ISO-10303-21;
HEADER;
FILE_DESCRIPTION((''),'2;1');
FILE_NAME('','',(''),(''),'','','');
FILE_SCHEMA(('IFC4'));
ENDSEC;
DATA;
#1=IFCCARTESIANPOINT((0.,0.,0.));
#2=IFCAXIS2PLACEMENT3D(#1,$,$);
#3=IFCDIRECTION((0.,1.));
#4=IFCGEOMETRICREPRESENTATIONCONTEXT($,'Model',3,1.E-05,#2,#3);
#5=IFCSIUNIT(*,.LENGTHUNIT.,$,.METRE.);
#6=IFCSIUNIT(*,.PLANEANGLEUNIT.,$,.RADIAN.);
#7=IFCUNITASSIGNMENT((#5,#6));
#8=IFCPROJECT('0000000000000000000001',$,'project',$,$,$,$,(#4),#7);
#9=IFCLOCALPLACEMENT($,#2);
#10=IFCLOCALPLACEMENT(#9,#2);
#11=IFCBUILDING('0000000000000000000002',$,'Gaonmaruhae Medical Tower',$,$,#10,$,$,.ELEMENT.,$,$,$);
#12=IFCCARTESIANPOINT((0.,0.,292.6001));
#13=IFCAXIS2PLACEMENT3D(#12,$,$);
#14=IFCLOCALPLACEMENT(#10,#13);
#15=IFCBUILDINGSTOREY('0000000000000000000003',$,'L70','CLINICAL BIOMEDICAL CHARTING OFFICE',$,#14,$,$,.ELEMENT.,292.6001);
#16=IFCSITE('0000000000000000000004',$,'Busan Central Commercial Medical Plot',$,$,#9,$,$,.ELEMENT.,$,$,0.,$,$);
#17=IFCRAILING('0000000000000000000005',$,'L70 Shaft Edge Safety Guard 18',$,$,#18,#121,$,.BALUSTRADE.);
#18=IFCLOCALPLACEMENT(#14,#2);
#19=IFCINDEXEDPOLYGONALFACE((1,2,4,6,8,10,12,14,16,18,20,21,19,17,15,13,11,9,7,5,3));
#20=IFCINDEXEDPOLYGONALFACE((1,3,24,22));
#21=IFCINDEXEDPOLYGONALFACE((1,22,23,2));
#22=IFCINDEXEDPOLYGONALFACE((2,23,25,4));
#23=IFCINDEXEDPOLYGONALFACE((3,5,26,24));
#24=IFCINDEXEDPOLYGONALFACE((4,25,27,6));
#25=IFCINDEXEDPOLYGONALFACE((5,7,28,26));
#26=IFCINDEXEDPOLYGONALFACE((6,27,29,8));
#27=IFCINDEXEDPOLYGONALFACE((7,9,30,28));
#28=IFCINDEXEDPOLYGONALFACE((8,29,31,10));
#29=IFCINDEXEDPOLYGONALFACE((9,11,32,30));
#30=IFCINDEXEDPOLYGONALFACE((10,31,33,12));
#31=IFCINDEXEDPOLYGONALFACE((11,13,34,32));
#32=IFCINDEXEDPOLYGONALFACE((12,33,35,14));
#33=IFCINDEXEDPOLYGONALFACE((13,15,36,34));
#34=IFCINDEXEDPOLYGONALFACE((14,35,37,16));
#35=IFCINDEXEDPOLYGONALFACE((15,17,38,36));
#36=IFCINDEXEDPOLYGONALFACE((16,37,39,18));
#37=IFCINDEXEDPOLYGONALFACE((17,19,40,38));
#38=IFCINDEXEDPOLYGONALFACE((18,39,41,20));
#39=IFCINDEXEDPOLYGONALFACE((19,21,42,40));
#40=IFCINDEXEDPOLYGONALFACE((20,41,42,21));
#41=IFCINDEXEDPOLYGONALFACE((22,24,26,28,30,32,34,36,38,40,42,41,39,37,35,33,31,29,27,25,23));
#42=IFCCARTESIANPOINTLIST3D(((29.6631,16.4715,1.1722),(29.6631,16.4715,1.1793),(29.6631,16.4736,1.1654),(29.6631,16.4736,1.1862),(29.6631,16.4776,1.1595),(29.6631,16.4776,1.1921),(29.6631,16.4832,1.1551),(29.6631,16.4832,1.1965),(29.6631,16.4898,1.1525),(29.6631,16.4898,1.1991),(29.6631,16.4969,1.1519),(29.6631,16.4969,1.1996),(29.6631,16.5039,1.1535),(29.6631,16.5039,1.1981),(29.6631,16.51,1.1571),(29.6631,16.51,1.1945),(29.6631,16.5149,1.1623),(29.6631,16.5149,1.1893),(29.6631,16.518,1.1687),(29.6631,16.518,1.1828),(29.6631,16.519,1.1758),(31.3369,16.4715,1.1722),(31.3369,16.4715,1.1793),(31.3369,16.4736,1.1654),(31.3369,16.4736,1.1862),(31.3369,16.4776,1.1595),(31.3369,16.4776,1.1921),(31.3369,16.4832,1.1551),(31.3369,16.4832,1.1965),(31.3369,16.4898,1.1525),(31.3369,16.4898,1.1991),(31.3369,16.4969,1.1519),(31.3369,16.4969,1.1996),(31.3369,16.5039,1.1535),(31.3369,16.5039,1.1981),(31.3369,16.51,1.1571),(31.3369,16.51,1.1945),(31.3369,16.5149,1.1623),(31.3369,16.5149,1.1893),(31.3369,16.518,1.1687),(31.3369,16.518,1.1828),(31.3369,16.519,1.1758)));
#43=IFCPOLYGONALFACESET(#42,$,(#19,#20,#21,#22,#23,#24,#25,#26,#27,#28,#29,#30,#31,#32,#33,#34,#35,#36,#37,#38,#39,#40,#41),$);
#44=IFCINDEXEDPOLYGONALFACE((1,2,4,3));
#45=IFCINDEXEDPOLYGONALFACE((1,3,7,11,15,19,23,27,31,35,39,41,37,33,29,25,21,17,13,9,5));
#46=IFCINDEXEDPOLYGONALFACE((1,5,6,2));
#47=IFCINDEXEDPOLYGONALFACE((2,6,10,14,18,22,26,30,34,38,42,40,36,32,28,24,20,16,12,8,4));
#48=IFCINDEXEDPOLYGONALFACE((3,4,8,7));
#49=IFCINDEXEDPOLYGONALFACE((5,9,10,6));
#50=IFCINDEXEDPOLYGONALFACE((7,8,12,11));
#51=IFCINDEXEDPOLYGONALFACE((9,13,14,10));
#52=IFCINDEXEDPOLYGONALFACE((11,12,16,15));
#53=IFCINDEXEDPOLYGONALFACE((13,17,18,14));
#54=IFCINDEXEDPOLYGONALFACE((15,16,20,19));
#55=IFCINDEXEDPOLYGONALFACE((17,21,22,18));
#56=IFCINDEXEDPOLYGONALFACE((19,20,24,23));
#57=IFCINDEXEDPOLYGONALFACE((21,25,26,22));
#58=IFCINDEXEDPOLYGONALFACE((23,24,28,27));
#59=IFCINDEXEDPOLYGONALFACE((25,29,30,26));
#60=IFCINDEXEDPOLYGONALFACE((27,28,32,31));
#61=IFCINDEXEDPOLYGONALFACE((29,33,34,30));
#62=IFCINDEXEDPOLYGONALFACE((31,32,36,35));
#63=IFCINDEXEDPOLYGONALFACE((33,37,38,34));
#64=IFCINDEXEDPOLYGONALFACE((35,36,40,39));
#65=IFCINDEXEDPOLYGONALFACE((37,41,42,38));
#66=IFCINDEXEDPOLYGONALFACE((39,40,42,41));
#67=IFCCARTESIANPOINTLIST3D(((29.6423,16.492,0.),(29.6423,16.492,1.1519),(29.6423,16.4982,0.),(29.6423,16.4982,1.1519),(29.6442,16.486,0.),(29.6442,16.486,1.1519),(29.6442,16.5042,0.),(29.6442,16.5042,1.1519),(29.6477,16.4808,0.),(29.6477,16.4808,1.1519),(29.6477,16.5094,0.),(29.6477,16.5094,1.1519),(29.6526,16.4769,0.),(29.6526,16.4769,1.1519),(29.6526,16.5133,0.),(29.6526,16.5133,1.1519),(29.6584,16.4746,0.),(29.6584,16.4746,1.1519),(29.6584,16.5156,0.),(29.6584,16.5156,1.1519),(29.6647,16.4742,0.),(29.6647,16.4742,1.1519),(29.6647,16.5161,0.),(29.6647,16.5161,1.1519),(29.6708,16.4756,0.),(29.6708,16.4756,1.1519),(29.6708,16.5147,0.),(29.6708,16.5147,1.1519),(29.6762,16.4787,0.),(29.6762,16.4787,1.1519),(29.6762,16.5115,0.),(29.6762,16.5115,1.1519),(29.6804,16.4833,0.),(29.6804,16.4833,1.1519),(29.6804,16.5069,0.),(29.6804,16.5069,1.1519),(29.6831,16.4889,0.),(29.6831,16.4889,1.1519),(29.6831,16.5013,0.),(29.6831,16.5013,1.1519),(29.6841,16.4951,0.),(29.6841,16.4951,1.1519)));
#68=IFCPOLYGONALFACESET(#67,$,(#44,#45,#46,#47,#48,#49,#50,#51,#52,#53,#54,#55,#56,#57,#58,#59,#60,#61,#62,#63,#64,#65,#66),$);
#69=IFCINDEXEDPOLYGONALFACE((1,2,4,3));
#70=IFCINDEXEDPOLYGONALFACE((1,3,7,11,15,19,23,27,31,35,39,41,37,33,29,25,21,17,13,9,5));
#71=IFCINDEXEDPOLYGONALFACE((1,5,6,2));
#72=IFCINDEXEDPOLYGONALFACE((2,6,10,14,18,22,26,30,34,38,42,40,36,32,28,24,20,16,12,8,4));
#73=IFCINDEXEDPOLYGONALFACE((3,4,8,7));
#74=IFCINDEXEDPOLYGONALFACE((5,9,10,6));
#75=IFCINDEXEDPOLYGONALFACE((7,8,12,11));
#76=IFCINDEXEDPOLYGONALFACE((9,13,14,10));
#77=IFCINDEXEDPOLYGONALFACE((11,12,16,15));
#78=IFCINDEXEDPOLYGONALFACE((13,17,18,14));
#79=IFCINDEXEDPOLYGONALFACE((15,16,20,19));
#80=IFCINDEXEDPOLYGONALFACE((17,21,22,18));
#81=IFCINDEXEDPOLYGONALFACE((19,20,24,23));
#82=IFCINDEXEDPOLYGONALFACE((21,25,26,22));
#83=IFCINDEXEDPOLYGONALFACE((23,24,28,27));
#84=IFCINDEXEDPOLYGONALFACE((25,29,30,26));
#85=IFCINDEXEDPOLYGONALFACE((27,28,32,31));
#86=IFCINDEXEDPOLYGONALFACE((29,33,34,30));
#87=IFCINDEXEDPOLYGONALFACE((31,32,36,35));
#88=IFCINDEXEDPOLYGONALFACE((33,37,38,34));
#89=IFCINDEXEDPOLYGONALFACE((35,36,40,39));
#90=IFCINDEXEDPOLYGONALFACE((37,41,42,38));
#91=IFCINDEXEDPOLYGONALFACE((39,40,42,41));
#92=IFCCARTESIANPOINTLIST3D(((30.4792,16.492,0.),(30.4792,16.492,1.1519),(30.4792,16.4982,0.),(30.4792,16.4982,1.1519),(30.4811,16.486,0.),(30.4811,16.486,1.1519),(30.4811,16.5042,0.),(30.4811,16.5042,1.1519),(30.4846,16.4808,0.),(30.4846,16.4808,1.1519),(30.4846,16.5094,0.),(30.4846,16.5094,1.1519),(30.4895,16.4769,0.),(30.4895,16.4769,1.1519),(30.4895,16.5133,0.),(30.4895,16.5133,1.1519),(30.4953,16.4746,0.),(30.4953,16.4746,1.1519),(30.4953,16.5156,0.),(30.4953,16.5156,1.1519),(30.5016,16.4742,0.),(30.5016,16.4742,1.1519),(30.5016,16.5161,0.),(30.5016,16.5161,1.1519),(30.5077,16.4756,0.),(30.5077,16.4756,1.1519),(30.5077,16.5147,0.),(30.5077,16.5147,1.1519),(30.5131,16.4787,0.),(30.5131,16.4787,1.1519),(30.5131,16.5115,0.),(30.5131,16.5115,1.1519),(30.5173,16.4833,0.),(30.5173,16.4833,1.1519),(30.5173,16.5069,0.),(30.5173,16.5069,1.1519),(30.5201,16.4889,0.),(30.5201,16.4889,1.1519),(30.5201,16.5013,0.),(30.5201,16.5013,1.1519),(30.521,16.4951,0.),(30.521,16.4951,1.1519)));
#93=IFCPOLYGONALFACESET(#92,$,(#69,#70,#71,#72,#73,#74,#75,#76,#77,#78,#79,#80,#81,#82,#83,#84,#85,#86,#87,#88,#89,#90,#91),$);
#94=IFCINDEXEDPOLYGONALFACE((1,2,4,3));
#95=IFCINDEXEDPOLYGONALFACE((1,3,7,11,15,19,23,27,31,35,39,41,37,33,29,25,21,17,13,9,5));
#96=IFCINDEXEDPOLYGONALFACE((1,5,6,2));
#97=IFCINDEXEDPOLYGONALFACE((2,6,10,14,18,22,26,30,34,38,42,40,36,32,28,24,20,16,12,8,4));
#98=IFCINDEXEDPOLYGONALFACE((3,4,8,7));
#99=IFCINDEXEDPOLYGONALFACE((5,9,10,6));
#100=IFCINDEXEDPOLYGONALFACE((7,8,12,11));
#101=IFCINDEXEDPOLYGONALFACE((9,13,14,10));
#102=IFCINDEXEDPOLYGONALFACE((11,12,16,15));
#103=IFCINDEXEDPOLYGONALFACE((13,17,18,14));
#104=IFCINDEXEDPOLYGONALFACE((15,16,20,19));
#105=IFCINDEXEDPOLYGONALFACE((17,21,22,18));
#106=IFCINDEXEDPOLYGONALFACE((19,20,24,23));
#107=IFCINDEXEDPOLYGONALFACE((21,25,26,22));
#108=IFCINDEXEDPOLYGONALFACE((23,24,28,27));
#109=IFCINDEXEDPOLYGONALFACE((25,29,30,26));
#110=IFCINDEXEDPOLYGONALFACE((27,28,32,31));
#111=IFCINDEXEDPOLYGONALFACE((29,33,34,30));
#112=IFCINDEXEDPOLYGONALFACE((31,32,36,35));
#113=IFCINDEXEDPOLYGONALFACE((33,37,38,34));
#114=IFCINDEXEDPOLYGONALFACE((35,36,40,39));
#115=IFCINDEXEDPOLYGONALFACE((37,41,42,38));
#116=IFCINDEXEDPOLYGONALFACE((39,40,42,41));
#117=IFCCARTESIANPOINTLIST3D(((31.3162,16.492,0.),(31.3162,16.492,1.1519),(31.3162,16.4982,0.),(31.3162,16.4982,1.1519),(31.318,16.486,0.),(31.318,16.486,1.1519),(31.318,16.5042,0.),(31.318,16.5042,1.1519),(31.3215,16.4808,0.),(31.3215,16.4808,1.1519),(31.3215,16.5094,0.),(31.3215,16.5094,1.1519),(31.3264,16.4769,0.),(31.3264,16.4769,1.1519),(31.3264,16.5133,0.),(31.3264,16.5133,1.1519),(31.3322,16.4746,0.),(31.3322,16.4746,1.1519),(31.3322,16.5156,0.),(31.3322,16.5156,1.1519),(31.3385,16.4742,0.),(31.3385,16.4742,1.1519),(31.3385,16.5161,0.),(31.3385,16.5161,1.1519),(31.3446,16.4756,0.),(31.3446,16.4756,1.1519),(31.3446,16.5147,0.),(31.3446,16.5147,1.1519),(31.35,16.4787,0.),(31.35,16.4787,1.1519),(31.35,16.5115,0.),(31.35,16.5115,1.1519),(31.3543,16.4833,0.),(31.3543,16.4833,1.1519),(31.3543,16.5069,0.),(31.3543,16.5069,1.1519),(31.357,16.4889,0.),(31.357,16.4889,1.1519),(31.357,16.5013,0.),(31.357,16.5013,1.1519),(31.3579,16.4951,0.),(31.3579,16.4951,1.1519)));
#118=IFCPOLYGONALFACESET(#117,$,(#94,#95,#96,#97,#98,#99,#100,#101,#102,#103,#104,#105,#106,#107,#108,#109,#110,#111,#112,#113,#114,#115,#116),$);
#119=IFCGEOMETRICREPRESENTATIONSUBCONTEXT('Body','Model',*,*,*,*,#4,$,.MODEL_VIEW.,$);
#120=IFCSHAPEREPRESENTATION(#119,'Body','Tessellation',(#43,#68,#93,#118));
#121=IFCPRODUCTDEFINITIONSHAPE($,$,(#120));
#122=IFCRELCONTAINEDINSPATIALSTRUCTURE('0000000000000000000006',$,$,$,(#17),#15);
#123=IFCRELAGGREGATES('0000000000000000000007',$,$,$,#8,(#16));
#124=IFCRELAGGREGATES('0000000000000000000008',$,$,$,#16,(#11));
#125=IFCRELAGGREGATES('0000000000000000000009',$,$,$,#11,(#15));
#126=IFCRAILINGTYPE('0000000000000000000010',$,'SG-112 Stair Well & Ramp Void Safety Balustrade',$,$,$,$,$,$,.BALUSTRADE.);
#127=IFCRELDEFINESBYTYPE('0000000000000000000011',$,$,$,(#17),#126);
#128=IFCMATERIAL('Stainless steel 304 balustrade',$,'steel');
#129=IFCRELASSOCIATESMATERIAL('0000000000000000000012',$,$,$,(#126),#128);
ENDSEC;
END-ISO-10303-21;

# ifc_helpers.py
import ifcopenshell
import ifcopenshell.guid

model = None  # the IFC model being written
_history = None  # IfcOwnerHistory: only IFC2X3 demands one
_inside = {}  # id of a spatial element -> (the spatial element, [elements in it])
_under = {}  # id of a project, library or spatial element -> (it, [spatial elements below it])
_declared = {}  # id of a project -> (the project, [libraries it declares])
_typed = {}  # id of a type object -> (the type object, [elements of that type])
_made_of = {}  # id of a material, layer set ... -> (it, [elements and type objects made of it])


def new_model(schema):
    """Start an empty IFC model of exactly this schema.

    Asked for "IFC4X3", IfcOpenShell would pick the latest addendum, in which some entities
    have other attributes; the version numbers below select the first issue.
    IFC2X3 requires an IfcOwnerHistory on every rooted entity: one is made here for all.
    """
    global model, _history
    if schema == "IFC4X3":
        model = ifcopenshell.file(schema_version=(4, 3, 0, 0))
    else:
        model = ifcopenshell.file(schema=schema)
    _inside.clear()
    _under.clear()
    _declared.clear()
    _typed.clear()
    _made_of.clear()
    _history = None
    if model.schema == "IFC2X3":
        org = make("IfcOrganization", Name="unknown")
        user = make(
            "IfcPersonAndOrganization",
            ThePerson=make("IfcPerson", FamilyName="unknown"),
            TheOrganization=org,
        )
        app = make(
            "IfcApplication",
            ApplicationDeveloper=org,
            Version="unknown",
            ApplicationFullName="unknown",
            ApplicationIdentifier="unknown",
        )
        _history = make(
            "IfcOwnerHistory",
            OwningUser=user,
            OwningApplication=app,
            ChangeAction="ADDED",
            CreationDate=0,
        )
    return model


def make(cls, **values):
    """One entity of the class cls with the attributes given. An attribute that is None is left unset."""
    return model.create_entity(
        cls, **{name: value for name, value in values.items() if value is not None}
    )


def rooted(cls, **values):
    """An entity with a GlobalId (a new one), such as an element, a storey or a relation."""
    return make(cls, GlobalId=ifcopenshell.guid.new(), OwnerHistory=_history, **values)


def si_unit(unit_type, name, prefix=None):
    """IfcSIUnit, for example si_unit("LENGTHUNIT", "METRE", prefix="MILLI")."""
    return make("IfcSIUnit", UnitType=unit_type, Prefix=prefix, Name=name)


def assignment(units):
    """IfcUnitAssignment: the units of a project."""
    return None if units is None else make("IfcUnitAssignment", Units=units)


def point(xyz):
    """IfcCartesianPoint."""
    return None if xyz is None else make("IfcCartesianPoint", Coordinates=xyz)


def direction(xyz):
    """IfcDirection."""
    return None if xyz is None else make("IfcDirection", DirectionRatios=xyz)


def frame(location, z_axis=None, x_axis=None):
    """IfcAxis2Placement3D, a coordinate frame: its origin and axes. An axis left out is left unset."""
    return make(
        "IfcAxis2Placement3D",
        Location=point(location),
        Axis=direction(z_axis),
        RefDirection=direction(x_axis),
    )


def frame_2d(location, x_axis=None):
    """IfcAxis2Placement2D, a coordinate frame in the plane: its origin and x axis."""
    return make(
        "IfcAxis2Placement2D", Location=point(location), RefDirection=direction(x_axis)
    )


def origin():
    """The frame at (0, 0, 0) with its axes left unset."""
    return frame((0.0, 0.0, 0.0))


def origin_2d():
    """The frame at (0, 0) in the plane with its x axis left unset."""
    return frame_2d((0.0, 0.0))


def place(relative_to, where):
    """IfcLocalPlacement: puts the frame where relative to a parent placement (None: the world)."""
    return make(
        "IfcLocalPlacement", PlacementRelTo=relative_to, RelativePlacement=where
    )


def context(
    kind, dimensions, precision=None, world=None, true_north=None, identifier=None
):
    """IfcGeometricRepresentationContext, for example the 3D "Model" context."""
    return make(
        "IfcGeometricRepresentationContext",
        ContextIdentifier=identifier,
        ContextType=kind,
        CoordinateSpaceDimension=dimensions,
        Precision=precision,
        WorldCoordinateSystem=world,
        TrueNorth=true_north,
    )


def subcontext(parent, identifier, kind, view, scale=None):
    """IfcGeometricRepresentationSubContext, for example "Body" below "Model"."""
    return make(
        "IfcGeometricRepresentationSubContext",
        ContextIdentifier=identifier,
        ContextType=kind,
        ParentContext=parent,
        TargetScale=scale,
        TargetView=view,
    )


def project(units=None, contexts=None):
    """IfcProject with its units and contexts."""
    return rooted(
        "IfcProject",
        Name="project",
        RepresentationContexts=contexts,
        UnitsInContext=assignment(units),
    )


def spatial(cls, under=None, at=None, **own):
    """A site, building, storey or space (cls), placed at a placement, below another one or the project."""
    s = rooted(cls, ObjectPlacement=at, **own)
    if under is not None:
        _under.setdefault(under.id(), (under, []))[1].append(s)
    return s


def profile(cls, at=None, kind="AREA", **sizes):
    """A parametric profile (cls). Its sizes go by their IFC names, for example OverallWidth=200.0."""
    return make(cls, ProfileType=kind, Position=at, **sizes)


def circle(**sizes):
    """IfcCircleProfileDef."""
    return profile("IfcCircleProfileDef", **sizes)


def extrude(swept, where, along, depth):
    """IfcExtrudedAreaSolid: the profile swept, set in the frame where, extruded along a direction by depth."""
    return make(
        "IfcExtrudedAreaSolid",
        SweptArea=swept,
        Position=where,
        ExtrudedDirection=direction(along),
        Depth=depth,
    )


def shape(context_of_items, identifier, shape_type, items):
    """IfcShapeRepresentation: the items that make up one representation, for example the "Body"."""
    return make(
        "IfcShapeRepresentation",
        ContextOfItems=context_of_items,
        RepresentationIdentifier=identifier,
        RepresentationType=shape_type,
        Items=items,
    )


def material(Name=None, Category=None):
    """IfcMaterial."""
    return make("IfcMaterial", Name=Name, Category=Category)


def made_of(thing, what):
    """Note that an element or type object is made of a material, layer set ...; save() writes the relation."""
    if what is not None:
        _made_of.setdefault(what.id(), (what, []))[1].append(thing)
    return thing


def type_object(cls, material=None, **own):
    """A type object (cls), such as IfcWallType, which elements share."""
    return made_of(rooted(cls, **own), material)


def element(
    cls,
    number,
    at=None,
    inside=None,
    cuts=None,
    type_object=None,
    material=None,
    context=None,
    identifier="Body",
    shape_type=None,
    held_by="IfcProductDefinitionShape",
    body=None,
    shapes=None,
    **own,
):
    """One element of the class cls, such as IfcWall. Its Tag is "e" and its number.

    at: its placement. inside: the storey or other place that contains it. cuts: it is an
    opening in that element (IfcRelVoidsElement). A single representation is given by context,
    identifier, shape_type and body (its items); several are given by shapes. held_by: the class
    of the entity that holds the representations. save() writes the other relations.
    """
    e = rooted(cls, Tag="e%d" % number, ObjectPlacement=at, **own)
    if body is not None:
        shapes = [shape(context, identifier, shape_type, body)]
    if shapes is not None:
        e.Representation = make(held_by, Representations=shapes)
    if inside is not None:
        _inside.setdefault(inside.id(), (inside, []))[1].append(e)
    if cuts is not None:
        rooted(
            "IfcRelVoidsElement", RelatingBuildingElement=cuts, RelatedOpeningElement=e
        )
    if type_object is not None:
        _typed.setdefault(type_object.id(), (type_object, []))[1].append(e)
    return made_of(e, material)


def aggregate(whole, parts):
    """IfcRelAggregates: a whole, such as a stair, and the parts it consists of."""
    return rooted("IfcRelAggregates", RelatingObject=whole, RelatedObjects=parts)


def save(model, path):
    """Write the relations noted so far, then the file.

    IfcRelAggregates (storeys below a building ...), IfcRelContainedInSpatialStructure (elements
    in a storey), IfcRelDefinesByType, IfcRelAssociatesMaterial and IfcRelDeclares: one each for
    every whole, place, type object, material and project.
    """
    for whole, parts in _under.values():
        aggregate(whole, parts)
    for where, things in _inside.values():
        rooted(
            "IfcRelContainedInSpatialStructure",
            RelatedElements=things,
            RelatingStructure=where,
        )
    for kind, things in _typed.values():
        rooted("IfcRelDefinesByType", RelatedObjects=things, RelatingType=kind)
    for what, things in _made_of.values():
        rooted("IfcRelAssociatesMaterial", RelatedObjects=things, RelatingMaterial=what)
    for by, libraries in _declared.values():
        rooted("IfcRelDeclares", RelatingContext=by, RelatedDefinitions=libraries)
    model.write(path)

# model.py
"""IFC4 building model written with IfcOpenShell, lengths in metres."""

from ifc_helpers import new_model, si_unit, direction, frame, origin, origin_2d, place, context, subcontext, project, spatial, circle, extrude, material, type_object, element, save


model = new_model("IFC4")

# Units and contexts
model_context = context("Model", 3, precision=1e-05, world=origin(), true_north=direction((0.0, 1.0)))
body_context = subcontext(model_context, "Body", "Model", "MODEL_VIEW")
ifc_project = project(units=[si_unit("LENGTHUNIT", "METRE"), si_unit("PLANEANGLEUNIT", "RADIAN")], contexts=[model_context])

# Site, building, storey
site_placement = place(None, origin())
site = spatial("IfcSite", under=ifc_project, at=site_placement, Name="Busan Central Commercial Medical Plot", CompositionType="ELEMENT", RefElevation=0.0)
building_placement = place(site_placement, origin())
building = spatial("IfcBuilding", under=site, at=building_placement, Name="Gaonmaruhae Medical Tower", CompositionType="ELEMENT")
storey_placement = place(building_placement, frame((0.0, 0.0, 292.6001)))
storey = spatial("IfcBuildingStorey", under=building, at=storey_placement, Name="L70", Description="CLINICAL BIOMEDICAL CHARTING OFFICE", CompositionType="ELEMENT", Elevation=292.6001)

# Railing
ifc_material_1 = material(Name="Stainless steel 304 balustrade", Category="steel")
railing_type_1 = type_object("IfcRailingType", Name="SG-112 Stair Well & Ramp Void Safety Balustrade", PredefinedType="BALUSTRADE", material=ifc_material_1)
railing_1_placement = place(storey_placement, frame((29.6631, 16.4951, 0.0)))
element("IfcRailing", 1, at=railing_1_placement, inside=storey, type_object=railing_type_1, Name="L70 Shaft Edge Safety Guard 18", PredefinedType="BALUSTRADE", context=body_context, shape_type="SweptSolid", body=[
    extrude(circle(Radius=0.0239, at=origin_2d()), frame((0.0, 0.0, 1.1758), z_axis=(1.0, 0.0, 0.0), x_axis=(0.0, 1.0, 0.0)), (0.0, 0.0, 1.0), 1.6738),
    extrude(circle(Radius=0.021, at=origin_2d()), origin(), (0.0, 0.0, 1.0), 1.1519),
    extrude(circle(Radius=0.021, at=origin_2d()), frame((0.8369, 0.0, 0.0)), (0.0, 0.0, 1.0), 1.1519),
    extrude(circle(Radius=0.021, at=origin_2d()), frame((1.6738, 0.0, 0.0)), (0.0, 0.0, 1.0), 1.1519),
])

save(model, "model.ifc")
